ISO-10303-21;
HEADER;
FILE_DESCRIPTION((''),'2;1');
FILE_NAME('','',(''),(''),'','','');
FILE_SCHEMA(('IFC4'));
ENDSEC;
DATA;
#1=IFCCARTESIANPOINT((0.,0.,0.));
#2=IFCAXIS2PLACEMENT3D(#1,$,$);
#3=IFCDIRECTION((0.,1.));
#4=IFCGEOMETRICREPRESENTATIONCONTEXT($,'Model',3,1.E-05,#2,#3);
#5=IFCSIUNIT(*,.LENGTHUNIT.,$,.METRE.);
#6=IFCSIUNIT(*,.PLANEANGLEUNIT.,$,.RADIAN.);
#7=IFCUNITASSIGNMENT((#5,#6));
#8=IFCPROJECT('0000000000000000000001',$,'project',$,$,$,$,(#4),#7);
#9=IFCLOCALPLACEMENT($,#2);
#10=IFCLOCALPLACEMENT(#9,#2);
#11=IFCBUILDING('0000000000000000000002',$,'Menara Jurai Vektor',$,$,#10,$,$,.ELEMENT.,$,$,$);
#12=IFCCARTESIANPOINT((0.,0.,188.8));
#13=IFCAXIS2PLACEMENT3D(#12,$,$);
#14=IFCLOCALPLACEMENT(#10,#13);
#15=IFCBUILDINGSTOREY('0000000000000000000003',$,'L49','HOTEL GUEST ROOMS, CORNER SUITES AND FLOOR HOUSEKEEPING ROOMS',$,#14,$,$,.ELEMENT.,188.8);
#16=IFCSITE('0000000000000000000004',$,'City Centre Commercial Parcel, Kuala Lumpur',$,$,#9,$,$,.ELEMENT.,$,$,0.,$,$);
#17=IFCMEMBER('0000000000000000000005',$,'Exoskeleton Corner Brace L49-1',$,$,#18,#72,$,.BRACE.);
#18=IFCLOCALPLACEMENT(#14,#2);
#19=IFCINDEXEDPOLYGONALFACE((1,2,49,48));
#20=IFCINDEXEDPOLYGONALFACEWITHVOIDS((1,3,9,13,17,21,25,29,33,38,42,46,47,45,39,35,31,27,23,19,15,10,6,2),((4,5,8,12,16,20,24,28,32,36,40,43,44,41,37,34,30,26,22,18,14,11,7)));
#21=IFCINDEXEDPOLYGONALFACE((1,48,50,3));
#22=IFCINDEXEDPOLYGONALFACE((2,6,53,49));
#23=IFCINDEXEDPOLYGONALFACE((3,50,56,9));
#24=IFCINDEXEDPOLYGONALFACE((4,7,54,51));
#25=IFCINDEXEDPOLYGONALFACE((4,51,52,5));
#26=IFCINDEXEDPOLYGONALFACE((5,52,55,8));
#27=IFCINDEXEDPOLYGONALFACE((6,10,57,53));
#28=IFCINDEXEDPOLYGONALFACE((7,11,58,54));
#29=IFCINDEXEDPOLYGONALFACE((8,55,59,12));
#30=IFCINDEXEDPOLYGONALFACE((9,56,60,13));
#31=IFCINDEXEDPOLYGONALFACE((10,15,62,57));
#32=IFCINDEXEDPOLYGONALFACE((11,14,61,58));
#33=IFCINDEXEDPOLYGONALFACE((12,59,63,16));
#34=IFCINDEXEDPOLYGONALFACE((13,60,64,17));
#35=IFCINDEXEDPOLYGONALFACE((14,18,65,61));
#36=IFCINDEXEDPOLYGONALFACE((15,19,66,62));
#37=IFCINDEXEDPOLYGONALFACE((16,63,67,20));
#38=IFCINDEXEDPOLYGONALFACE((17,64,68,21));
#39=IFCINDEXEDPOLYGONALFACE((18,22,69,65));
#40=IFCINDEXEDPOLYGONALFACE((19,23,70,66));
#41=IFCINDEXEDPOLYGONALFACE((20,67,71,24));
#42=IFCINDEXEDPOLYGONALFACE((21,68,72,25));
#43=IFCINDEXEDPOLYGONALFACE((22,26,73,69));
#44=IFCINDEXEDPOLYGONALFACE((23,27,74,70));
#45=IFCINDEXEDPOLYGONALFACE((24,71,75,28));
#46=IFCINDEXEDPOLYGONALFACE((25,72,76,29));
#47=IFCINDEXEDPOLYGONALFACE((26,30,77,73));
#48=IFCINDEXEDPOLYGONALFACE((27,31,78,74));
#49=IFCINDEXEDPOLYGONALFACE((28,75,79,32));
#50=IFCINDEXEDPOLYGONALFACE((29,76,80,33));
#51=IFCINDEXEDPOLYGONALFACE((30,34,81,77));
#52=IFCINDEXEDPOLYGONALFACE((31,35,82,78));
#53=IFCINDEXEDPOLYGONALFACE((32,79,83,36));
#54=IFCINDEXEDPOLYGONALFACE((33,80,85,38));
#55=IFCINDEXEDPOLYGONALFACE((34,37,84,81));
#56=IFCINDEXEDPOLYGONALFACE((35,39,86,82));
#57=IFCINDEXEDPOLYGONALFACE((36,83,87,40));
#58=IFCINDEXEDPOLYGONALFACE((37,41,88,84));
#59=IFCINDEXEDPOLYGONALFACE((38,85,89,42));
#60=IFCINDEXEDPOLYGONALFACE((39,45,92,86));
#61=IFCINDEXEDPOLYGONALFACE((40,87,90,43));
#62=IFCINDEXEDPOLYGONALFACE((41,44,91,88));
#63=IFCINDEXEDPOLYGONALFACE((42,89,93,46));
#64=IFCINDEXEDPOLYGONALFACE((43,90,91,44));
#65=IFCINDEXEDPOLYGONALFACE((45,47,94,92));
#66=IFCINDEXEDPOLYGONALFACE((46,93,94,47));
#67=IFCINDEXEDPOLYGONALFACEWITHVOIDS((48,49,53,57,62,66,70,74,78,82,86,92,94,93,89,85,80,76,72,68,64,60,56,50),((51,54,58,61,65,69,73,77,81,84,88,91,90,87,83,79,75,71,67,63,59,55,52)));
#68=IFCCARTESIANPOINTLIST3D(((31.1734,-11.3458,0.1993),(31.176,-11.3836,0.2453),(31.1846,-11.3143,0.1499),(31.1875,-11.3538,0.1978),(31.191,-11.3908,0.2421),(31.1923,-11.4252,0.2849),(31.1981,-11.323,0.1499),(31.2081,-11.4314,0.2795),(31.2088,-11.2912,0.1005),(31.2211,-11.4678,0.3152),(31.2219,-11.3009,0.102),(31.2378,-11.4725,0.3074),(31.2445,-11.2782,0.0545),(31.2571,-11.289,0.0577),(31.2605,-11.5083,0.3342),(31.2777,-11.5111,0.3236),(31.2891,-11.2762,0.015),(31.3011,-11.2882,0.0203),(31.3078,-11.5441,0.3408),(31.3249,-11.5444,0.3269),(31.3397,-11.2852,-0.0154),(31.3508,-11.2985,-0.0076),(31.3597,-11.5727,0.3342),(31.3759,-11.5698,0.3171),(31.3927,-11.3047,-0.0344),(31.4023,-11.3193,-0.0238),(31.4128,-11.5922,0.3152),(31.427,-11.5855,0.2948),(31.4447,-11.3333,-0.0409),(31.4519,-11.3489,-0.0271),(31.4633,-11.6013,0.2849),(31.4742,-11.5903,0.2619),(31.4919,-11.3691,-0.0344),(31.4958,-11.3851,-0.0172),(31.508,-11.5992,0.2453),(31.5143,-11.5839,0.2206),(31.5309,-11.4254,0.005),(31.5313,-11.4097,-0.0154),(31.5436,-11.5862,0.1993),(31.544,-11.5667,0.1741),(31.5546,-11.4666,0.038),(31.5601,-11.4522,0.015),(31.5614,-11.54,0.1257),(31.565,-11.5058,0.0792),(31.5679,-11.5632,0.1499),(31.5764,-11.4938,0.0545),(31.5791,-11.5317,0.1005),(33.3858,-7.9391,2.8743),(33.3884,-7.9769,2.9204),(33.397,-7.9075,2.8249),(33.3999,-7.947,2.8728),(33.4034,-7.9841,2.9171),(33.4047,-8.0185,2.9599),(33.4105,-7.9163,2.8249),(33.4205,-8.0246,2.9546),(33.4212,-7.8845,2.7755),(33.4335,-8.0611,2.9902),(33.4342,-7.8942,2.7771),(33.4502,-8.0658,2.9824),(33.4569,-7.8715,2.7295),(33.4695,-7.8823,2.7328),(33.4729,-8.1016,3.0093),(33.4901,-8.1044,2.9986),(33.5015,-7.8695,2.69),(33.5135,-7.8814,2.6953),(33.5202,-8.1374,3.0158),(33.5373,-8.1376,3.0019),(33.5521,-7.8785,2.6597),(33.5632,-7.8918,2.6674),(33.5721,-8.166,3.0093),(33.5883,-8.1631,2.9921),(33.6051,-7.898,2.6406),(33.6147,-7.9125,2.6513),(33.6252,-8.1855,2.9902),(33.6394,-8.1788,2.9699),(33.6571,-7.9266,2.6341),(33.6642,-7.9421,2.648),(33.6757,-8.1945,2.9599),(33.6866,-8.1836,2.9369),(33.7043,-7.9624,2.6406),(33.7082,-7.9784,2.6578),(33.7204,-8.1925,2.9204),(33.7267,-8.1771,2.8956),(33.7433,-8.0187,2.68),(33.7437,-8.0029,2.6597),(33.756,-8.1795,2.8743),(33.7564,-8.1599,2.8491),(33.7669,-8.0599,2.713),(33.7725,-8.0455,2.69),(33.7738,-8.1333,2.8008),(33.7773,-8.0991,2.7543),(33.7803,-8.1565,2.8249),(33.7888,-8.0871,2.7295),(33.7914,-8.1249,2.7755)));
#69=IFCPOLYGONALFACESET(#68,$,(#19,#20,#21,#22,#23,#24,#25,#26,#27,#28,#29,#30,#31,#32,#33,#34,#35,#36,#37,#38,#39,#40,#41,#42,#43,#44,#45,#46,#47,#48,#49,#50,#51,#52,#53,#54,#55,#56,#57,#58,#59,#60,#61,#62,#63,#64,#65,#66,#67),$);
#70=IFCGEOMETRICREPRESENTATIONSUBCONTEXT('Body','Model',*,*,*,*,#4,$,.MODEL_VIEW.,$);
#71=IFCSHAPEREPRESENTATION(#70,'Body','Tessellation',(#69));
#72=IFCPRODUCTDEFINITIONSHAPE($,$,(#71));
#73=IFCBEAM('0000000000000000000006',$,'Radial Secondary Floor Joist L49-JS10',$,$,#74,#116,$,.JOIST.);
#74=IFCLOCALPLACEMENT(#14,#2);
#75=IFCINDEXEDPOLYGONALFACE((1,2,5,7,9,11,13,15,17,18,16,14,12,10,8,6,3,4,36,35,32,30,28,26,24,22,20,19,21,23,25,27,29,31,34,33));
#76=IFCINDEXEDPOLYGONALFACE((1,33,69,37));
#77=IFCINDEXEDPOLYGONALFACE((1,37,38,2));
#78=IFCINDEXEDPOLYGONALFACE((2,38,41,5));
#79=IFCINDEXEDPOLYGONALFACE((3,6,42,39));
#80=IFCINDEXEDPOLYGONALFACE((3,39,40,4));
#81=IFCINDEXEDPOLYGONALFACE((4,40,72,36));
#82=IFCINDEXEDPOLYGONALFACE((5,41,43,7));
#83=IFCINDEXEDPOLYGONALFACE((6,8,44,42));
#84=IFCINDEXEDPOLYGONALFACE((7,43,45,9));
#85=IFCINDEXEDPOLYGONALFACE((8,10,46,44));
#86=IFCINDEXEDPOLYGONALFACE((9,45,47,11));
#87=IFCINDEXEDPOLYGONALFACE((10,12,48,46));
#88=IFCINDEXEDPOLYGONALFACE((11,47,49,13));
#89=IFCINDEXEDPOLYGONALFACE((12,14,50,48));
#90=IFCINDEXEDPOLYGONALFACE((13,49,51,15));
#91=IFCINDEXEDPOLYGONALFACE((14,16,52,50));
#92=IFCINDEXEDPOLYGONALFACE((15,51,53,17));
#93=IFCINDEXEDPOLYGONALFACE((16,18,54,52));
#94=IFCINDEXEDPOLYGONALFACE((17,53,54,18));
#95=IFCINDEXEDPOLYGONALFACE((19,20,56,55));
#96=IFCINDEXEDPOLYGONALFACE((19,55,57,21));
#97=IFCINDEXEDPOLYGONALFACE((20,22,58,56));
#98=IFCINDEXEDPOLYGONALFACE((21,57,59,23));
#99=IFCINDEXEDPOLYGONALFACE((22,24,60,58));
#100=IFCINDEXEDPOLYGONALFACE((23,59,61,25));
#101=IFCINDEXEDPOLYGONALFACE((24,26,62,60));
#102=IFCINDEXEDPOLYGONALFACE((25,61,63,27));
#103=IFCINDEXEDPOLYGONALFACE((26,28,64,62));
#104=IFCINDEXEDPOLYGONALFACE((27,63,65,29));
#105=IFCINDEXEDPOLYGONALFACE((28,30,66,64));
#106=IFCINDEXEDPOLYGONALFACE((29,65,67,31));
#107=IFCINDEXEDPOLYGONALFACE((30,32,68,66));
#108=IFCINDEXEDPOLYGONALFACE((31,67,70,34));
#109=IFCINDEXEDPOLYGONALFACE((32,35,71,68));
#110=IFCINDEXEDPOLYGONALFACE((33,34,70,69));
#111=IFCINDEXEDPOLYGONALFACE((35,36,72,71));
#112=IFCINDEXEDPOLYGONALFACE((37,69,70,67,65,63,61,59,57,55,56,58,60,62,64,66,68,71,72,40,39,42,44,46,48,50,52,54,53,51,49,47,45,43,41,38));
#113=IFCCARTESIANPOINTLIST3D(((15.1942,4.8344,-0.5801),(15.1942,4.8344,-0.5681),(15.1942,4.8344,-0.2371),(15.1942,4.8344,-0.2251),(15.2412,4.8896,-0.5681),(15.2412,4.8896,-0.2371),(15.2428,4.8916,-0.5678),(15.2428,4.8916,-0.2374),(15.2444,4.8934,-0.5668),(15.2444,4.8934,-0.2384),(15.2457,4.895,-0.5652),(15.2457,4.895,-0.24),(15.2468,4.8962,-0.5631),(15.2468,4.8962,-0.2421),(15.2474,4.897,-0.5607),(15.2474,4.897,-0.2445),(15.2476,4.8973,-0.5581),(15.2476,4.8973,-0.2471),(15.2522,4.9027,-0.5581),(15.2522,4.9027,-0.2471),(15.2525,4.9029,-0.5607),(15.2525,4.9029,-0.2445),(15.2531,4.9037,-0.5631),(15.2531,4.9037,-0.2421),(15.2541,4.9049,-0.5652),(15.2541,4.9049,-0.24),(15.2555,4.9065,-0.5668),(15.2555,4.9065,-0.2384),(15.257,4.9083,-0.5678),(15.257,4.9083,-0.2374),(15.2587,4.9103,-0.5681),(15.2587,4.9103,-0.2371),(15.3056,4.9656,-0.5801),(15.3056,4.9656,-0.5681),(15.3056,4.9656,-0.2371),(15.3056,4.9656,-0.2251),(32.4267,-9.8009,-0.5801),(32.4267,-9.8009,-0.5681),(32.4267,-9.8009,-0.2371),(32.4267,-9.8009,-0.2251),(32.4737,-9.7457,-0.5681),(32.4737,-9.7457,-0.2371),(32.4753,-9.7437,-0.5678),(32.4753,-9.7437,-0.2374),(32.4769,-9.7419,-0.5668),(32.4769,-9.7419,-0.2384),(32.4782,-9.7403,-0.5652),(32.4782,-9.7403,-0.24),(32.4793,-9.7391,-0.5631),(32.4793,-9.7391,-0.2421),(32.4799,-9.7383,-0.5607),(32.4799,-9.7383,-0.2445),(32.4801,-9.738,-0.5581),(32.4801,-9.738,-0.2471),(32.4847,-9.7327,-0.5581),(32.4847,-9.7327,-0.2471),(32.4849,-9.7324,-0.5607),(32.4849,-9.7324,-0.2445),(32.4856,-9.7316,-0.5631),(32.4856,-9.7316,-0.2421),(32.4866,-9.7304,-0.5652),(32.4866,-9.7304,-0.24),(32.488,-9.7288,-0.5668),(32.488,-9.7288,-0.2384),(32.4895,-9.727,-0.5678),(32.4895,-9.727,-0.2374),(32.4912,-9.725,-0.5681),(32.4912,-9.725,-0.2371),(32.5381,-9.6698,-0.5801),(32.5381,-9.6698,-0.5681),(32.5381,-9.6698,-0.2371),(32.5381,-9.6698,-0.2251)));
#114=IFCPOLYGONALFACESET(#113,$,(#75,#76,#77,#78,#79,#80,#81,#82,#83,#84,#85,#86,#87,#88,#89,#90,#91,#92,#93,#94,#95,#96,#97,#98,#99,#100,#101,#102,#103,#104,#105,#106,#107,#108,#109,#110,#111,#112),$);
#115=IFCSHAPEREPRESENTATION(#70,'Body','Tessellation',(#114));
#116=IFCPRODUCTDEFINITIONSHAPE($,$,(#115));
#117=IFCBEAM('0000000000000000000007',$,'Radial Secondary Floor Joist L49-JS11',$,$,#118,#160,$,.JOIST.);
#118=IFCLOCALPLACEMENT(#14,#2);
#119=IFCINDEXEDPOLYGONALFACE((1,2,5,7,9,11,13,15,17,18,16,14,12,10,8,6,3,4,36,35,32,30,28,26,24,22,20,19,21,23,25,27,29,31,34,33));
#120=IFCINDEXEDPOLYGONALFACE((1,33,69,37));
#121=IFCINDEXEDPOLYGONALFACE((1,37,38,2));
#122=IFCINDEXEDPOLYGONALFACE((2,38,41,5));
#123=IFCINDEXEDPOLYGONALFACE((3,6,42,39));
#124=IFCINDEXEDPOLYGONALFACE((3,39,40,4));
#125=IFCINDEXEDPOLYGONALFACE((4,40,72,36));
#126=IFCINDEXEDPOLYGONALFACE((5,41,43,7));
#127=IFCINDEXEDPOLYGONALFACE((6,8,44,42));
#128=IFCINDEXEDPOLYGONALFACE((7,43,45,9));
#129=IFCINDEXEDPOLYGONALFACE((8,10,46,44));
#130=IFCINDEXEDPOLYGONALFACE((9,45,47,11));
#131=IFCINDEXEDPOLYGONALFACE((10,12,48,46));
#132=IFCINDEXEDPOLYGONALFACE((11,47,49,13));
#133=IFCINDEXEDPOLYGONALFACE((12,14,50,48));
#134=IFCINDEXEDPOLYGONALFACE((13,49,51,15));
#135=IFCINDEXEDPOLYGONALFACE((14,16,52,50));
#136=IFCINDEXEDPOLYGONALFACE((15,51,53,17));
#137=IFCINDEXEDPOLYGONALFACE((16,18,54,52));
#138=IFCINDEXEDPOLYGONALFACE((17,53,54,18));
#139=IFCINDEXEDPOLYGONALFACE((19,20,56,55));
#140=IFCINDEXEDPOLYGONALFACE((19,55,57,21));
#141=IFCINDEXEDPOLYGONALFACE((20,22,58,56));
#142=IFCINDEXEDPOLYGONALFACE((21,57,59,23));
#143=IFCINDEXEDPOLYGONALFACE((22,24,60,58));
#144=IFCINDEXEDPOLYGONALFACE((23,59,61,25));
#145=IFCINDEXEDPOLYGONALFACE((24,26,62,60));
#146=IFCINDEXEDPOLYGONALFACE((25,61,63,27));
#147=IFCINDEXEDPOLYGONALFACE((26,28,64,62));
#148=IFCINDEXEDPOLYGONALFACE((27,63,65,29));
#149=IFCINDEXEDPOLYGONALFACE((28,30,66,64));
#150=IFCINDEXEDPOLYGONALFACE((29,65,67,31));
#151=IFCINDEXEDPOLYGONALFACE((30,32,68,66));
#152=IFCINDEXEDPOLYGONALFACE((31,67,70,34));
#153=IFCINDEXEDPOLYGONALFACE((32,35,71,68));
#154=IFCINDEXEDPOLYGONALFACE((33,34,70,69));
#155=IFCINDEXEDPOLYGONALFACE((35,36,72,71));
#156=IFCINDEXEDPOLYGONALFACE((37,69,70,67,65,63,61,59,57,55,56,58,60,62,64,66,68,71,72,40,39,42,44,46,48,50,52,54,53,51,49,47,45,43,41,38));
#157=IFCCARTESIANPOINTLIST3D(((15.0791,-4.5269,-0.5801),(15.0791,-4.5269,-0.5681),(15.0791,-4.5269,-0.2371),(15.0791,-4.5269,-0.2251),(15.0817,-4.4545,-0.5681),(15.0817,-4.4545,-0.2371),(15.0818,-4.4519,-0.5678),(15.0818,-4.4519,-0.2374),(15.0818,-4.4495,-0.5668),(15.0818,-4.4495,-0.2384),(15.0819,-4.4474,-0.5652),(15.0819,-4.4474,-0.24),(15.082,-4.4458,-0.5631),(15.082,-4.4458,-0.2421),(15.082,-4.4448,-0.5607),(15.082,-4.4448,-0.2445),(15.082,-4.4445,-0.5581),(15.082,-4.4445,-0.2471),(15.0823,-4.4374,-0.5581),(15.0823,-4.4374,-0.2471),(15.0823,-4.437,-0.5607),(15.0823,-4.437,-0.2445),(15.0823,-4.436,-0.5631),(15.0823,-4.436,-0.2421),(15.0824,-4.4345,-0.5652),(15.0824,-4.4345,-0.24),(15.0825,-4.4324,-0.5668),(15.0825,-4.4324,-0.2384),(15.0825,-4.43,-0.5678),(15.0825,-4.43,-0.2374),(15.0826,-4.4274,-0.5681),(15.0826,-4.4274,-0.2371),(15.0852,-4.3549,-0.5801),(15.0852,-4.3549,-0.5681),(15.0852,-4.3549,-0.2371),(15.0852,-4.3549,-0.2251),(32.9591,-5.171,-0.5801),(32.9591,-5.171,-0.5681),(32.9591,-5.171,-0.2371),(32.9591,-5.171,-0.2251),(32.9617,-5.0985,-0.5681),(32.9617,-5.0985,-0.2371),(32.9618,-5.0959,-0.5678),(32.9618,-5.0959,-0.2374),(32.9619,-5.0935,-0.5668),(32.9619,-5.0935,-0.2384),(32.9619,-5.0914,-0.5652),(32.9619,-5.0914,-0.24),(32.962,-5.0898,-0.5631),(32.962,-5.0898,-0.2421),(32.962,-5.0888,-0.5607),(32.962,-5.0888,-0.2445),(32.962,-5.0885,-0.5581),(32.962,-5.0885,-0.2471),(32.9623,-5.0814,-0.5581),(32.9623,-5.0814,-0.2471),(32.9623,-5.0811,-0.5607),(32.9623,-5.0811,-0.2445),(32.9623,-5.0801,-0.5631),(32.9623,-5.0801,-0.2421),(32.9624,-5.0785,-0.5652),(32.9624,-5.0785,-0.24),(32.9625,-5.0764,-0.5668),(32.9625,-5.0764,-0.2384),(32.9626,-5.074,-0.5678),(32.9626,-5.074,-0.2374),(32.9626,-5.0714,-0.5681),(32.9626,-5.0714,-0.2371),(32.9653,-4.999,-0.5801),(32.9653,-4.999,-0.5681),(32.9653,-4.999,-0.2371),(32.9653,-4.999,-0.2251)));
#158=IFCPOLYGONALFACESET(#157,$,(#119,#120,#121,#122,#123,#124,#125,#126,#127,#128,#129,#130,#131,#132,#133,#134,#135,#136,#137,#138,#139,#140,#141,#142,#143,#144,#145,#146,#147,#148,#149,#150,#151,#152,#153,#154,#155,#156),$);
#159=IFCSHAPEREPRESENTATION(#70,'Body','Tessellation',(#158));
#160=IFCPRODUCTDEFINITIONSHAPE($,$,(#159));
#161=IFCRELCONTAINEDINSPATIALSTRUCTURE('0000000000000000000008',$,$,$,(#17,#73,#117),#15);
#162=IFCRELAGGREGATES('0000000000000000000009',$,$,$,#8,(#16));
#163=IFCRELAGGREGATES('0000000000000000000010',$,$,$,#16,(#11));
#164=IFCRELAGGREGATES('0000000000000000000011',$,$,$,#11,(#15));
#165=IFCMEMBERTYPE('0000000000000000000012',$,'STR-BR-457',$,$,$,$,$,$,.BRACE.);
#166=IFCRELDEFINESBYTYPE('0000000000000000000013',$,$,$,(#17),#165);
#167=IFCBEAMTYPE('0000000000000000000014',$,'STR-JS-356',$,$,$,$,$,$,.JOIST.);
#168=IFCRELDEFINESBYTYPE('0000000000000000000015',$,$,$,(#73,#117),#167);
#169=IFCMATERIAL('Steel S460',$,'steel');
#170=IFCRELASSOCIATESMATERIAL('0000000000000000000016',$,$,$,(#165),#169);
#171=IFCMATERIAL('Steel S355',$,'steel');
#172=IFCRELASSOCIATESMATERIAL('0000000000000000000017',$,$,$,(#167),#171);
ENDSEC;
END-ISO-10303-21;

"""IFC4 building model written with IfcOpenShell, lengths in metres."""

from ifc_helpers import new_model, si_unit, direction, frame, origin, origin_2d, place, context, subcontext, project, spatial, hollow_circle, i_section, extrude, material, material_profile, profile_set, type_object, element, save


model = new_model("IFC4")

# Units and contexts
model_context = context("Model", 3, precision=1e-05, world=origin(), true_north=direction((0.0, 1.0)))
body_context = subcontext(model_context, "Body", "Model", "MODEL_VIEW")
ifc_project = project(units=[si_unit("LENGTHUNIT", "METRE"), si_unit("PLANEANGLEUNIT", "RADIAN")], contexts=[model_context])

# Site, building, storey
site_placement = place(None, origin())
site = spatial("IfcSite", under=ifc_project, at=site_placement, Name="City Centre Commercial Parcel, Kuala Lumpur", CompositionType="ELEMENT", RefElevation=0.0)
building_placement = place(site_placement, origin())
building = spatial("IfcBuilding", under=site, at=building_placement, Name="Menara Jurai Vektor", CompositionType="ELEMENT")
storey_placement = place(building_placement, frame((0.0, 0.0, 188.8)))
storey = spatial("IfcBuildingStorey", under=building, at=storey_placement, Name="L49", Description="HOTEL GUEST ROOMS, CORNER SUITES AND FLOOR HOUSEKEEPING ROOMS", CompositionType="ELEMENT", Elevation=188.8)

# Shared definitions
ifc_material_1 = material(Name="Steel S460", Category="steel")

# Shared definitions
ifc_material_2 = material(Name="Steel S355", Category="steel")

# Member
ifc_material_profile_1 = material_profile(ifc_material_1, hollow_circle(Radius=0.2285, WallThickness=0.0161, at=origin_2d()), Name="CHS 457x16")
ifc_profile_set_1 = profile_set([ifc_material_profile_1], Name="Steel S460")
member_type_1 = type_object("IfcMemberType", Name="STR-BR-457", PredefinedType="BRACE", material=ifc_profile_set_1)
member_1_placement = place(storey_placement, frame((31.3762, -11.4387, 0.1499), z_axis=(0.454872, 0.700428, 0.549992), x_axis=(-0.838666, 0.544646, 0.0)))
element("IfcMember", 1, at=member_1_placement, inside=storey, type_object=member_type_1, Name="Exoskeleton Corner Brace L49-1", PredefinedType="BRACE", context=body_context, shape_type="SweptSolid", body=[
    extrude(hollow_circle(Radius=0.2285, WallThickness=0.0161, at=origin_2d()), origin(), (0.0, 0.0, 1.0), 4.8638),
])

# Beams
ifc_material_profile_2 = material_profile(ifc_material_2, i_section(OverallWidth=0.1721, OverallDepth=0.355, WebThickness=0.0071, FlangeThickness=0.012, FilletRadius=0.01, at=origin_2d()), Name="UKB 356x171x51")
ifc_profile_set_2 = profile_set([ifc_material_profile_2], Name="Steel S355")
beam_type_1 = type_object("IfcBeamType", Name="STR-JS-356", PredefinedType="JOIST", material=ifc_profile_set_2)
beam_1_placement = place(storey_placement, frame((32.4824, -9.7354, -0.4026), z_axis=(-0.762208, 0.647332, 0.0), x_axis=(-0.647332, -0.762208, 0.0)))
element("IfcBeam", 2, at=beam_1_placement, inside=storey, type_object=beam_type_1, Name="Radial Secondary Floor Joist L49-JS10", PredefinedType="JOIST", context=body_context, shape_type="SweptSolid", body=[
    extrude(i_section(OverallWidth=0.1721, OverallDepth=0.355, WebThickness=0.0071, FlangeThickness=0.012, FilletRadius=0.01, at=origin_2d()), origin(), (0.0, 0.0, 1.0), 22.6086),
])
beam_2_placement = place(storey_placement, frame((32.9622, -5.085, -0.4026), z_axis=(-0.999352, 0.035997, 0.0), x_axis=(-0.035997, -0.999352, 0.0)))
element("IfcBeam", 3, at=beam_2_placement, inside=storey, type_object=beam_type_1, Name="Radial Secondary Floor Joist L49-JS11", PredefinedType="JOIST", context=body_context, shape_type="SweptSolid", body=[
    extrude(i_section(OverallWidth=0.1721, OverallDepth=0.355, WebThickness=0.0071, FlangeThickness=0.012, FilletRadius=0.01, at=origin_2d()), origin(), (0.0, 0.0, 1.0), 17.8916),
])

save(model, "model.ifc")
